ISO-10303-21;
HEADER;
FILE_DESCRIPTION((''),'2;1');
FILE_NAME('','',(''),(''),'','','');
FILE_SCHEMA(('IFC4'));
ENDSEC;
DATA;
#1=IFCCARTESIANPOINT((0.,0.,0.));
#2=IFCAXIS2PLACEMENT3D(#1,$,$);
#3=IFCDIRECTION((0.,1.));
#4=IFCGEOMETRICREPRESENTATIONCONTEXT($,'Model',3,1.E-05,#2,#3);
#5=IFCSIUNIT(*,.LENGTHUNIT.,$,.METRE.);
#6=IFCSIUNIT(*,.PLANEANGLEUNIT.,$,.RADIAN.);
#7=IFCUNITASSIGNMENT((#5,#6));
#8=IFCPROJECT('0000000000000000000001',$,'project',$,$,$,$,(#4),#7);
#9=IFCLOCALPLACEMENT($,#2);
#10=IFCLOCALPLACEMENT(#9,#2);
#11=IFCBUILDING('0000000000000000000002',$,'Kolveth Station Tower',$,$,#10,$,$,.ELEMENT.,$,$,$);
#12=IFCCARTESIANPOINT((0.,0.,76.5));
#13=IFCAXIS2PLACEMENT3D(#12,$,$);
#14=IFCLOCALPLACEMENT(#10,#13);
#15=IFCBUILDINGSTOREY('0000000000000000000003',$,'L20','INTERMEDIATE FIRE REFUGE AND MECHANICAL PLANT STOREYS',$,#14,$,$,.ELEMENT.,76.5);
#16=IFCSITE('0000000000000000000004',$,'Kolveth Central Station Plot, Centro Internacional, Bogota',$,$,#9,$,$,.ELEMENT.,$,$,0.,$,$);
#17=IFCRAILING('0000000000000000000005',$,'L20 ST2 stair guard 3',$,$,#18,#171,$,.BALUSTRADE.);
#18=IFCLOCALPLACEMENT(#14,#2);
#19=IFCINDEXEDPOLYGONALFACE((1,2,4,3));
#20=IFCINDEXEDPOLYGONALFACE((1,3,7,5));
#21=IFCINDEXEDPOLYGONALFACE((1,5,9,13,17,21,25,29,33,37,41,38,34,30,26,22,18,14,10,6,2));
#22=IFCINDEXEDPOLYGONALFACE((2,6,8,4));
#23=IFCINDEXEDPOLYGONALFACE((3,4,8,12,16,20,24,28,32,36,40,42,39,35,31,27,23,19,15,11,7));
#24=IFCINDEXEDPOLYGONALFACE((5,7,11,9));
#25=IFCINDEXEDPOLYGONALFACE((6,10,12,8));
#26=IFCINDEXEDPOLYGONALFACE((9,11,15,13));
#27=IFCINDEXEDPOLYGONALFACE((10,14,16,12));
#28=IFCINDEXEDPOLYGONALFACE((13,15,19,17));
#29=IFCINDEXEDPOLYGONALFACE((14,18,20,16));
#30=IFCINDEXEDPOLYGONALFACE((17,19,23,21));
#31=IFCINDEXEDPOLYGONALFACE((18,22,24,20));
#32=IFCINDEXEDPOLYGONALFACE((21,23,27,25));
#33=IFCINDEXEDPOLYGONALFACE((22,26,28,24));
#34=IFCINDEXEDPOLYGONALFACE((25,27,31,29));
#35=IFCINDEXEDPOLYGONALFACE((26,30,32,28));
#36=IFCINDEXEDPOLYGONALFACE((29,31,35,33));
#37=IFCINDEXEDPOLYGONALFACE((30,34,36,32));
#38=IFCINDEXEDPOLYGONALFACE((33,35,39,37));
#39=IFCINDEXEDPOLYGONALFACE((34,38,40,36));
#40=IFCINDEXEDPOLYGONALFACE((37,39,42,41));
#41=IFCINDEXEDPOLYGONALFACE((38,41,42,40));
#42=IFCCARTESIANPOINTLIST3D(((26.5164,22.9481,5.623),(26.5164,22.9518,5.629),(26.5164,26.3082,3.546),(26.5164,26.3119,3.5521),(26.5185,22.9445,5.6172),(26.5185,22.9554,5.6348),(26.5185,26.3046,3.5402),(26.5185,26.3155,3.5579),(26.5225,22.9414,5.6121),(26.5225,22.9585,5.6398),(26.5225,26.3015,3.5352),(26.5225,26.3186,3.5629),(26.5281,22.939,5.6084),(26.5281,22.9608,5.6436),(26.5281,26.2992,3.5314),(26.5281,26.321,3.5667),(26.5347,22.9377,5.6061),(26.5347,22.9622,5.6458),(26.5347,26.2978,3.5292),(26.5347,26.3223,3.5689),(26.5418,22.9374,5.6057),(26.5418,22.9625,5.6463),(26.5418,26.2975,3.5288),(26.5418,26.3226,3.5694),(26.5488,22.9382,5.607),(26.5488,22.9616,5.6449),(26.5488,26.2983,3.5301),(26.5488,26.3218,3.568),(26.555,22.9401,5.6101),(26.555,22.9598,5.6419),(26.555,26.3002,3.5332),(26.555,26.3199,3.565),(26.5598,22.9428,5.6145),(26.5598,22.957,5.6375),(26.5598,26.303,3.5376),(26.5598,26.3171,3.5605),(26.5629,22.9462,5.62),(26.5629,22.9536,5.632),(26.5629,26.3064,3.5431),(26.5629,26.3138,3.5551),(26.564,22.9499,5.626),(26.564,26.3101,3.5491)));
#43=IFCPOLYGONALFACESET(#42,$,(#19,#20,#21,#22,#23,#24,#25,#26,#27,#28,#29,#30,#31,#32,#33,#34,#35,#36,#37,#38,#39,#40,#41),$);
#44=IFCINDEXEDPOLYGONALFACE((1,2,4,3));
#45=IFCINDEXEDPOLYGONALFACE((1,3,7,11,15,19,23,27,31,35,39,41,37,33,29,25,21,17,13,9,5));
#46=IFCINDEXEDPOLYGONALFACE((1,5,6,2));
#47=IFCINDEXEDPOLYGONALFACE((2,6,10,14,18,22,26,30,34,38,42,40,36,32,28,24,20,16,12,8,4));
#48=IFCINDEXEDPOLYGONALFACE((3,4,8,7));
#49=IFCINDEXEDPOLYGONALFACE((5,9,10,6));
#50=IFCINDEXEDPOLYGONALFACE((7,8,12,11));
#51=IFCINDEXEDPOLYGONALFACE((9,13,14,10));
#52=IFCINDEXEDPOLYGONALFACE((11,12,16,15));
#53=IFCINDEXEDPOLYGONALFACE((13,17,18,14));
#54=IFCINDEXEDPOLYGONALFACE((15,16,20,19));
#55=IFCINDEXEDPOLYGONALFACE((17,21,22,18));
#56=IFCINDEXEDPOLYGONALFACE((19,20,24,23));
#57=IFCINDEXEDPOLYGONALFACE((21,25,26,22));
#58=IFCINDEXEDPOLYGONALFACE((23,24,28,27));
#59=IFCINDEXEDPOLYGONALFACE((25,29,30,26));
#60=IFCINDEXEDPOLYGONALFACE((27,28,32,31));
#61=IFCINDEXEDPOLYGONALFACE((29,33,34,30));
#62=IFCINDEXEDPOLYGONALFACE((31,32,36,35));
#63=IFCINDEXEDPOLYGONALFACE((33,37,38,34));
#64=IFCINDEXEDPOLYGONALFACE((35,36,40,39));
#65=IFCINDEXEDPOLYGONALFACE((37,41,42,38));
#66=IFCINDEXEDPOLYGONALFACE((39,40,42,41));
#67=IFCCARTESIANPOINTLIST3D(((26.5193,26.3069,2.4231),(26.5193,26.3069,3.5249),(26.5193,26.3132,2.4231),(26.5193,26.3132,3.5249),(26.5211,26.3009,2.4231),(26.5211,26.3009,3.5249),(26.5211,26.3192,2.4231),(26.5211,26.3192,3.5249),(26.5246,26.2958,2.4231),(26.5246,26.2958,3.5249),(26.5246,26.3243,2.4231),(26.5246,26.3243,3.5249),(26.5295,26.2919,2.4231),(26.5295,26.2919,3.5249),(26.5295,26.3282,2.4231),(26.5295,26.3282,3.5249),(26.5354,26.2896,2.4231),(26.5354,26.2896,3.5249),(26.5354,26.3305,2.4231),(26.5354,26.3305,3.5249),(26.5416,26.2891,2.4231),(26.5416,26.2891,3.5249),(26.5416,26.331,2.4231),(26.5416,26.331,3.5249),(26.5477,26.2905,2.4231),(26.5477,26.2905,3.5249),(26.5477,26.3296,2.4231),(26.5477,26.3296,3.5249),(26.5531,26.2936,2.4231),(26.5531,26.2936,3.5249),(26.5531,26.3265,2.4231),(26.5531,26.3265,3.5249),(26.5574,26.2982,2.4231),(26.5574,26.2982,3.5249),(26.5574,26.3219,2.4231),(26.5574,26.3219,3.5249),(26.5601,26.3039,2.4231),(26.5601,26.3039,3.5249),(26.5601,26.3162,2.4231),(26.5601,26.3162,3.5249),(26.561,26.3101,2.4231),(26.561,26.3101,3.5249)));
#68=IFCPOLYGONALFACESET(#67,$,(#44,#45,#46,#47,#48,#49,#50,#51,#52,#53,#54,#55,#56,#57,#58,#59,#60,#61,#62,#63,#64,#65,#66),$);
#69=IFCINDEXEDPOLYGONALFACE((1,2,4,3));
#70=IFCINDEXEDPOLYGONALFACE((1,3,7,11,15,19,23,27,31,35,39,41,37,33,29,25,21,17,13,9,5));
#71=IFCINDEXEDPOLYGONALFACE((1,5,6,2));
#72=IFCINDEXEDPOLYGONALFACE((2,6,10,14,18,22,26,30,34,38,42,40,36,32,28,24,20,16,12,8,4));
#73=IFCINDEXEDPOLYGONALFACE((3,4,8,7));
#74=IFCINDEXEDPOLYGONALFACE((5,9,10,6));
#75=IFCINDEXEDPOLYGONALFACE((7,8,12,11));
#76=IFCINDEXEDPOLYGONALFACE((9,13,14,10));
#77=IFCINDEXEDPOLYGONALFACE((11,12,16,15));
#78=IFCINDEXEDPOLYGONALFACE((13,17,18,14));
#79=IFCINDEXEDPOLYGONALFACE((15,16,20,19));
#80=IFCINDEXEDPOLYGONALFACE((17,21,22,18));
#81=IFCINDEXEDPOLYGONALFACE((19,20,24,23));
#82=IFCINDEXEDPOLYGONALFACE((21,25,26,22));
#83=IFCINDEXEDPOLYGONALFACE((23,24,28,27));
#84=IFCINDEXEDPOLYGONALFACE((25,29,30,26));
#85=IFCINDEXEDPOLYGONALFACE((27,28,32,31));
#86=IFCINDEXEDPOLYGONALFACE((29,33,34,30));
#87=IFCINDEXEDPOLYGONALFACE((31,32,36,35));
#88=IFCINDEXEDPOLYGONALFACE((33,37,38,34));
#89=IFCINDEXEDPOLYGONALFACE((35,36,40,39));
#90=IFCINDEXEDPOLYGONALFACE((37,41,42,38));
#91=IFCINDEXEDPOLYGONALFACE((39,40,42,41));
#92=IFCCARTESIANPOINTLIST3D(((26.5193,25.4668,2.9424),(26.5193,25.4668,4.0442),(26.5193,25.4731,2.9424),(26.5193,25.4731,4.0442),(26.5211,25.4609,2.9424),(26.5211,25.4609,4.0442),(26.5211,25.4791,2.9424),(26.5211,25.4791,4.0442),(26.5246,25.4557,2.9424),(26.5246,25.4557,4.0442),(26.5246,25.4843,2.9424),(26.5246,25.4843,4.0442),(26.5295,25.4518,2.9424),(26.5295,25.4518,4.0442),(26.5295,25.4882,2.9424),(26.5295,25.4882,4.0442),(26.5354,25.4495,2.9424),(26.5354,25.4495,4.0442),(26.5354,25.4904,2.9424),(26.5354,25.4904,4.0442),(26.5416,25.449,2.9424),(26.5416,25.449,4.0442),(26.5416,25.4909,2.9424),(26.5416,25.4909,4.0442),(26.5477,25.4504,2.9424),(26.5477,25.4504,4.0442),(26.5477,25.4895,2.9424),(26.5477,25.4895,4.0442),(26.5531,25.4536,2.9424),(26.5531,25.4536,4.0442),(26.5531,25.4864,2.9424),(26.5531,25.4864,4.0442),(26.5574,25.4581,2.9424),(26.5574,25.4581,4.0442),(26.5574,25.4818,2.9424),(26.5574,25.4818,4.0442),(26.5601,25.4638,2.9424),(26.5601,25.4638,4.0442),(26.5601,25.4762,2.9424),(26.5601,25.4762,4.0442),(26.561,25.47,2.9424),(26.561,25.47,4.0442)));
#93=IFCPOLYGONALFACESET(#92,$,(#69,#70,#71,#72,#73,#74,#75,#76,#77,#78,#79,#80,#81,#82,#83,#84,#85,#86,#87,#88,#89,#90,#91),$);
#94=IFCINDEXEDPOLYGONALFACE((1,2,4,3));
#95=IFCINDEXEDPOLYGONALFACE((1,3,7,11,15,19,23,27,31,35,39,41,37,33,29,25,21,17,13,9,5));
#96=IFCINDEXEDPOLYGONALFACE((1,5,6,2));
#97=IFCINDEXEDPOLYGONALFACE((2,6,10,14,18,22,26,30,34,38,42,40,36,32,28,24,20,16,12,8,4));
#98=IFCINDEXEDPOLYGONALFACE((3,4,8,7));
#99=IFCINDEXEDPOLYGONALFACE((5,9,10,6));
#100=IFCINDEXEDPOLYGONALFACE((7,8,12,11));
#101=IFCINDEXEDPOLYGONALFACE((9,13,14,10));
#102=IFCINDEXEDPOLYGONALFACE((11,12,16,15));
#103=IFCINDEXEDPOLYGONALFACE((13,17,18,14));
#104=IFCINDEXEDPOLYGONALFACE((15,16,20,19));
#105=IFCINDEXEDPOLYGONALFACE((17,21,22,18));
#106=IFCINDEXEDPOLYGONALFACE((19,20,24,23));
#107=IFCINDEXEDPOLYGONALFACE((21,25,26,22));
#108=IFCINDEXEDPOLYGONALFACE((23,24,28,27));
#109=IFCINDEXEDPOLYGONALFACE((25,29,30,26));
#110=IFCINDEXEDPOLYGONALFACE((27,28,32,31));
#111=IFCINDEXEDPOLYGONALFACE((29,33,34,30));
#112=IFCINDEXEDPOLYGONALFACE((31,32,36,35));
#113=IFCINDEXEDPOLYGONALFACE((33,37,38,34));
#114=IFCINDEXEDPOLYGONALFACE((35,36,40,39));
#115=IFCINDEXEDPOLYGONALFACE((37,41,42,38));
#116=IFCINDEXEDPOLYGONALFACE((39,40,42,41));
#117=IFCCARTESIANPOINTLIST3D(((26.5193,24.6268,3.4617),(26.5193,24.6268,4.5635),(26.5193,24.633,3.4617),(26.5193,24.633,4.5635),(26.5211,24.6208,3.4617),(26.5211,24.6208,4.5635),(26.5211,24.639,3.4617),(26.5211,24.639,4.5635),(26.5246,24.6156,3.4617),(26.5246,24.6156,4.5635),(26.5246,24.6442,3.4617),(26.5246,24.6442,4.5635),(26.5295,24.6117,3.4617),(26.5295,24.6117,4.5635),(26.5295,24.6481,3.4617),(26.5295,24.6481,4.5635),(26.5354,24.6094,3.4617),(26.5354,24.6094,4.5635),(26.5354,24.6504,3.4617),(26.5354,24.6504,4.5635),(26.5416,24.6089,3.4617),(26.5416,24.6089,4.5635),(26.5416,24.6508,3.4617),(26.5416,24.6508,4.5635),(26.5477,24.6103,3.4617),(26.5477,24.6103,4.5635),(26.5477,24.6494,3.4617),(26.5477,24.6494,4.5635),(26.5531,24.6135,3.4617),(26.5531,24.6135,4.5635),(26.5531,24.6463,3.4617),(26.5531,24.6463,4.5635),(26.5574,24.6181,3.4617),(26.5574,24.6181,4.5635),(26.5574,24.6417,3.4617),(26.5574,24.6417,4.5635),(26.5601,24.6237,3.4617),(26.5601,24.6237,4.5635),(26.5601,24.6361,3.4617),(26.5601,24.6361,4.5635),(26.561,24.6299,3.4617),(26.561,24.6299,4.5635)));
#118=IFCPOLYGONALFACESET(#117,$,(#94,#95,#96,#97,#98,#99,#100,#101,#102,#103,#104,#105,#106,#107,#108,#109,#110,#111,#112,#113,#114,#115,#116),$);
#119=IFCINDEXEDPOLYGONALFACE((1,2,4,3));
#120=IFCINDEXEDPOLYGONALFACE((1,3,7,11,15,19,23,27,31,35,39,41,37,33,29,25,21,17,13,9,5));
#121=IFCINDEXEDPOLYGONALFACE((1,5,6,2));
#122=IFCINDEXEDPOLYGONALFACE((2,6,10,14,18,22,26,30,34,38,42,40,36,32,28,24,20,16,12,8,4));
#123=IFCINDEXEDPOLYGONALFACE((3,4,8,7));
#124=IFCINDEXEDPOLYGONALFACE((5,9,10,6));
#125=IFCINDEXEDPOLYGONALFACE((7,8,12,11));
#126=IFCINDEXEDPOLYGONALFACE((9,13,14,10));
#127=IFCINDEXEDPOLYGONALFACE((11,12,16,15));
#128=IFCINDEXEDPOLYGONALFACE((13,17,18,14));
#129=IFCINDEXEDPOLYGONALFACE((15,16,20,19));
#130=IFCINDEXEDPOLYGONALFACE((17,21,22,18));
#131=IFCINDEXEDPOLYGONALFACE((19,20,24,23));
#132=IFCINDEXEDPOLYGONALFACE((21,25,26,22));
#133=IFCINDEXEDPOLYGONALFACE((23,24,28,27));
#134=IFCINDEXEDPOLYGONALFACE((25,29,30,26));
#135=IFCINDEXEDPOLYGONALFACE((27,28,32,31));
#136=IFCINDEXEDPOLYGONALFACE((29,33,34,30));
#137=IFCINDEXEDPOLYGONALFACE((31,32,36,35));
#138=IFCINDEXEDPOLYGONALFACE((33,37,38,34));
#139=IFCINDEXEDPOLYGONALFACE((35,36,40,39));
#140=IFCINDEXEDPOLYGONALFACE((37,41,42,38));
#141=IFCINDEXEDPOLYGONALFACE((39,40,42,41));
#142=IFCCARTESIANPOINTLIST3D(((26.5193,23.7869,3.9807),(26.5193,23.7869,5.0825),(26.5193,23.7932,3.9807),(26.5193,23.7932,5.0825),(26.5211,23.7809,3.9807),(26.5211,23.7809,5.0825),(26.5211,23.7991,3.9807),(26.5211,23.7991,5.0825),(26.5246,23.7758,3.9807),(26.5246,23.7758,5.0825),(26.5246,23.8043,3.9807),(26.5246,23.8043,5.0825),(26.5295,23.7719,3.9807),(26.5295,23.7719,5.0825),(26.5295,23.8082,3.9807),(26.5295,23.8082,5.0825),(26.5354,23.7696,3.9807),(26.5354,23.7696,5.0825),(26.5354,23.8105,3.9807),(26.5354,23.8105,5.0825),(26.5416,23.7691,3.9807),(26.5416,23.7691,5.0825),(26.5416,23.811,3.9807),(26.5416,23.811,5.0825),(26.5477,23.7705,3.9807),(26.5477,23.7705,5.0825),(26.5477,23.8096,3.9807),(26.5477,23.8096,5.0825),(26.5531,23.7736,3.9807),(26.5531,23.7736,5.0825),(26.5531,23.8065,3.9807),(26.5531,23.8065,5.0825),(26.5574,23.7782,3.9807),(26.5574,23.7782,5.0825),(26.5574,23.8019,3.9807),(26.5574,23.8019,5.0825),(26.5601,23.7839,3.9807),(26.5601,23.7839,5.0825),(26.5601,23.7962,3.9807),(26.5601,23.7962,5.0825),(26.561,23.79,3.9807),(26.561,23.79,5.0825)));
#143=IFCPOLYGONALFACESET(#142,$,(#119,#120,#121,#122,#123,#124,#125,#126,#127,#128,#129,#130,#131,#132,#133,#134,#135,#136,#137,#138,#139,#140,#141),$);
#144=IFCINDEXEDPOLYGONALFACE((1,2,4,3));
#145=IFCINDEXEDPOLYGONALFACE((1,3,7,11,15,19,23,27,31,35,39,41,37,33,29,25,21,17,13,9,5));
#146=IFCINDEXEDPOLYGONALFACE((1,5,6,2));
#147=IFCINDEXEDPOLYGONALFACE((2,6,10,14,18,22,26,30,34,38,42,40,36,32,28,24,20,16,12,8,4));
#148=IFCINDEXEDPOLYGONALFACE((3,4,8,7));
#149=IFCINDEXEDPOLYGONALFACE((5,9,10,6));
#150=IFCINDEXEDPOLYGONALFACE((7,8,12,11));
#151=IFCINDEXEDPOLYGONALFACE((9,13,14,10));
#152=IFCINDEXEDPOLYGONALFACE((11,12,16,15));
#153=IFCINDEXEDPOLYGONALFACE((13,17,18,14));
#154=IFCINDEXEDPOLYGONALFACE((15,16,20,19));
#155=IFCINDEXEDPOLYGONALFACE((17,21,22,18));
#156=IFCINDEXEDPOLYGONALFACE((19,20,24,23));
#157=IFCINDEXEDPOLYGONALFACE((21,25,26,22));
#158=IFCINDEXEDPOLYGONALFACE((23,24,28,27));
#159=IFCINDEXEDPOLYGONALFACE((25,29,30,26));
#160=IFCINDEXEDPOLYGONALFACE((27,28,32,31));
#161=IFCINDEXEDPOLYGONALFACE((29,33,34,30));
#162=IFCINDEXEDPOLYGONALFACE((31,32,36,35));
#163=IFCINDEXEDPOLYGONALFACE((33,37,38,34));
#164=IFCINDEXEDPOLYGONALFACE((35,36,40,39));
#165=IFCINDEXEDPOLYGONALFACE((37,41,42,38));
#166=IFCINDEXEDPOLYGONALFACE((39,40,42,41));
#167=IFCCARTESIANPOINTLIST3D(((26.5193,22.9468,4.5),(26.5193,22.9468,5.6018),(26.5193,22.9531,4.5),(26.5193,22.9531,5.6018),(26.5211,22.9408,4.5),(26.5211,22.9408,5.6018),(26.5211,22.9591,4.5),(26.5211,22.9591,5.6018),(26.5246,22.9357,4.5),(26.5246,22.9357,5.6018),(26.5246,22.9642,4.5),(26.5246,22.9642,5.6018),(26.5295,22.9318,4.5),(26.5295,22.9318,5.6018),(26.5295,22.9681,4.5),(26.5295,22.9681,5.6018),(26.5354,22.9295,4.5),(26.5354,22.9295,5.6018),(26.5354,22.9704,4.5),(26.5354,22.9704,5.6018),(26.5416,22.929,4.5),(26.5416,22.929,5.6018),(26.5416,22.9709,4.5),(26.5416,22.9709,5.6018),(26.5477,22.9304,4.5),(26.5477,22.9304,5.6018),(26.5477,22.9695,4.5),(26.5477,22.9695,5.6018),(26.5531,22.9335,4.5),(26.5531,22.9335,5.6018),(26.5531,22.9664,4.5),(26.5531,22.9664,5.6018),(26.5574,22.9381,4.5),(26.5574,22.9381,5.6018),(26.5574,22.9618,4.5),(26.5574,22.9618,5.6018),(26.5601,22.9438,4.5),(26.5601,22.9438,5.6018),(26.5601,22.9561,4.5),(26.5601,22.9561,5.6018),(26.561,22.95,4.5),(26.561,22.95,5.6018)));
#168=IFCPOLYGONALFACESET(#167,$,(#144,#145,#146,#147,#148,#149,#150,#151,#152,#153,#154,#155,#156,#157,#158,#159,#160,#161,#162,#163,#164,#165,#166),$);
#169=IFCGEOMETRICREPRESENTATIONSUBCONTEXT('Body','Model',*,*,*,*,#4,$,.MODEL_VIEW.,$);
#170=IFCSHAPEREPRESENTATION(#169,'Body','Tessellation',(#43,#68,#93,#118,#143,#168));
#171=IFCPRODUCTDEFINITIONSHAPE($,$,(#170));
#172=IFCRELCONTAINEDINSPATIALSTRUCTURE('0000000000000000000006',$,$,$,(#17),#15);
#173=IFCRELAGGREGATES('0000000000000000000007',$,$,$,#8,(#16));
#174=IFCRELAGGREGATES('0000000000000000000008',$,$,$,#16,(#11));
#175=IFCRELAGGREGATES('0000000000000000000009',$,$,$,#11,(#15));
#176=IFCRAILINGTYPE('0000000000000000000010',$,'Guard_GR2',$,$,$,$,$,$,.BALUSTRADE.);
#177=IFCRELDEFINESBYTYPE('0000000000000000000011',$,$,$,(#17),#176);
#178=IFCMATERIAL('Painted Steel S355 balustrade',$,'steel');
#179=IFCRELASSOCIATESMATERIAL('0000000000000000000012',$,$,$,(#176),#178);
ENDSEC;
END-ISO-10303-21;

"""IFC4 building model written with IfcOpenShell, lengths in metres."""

from ifc_helpers import new_model, si_unit, direction, frame, origin, origin_2d, place, context, subcontext, project, spatial, circle, extrude, material, type_object, element, save


model = new_model("IFC4")

# Units and contexts
model_context = context("Model", 3, precision=1e-05, world=origin(), true_north=direction((0.0, 1.0)))
body_context = subcontext(model_context, "Body", "Model", "MODEL_VIEW")
ifc_project = project(units=[si_unit("LENGTHUNIT", "METRE"), si_unit("PLANEANGLEUNIT", "RADIAN")], contexts=[model_context])

# Site, building, storey
site_placement = place(None, origin())
site = spatial("IfcSite", under=ifc_project, at=site_placement, Name="Kolveth Central Station Plot, Centro Internacional, Bogota", CompositionType="ELEMENT", RefElevation=0.0)
building_placement = place(site_placement, origin())
building = spatial("IfcBuilding", under=site, at=building_placement, Name="Kolveth Station Tower", CompositionType="ELEMENT")
storey_placement = place(building_placement, frame((0.0, 0.0, 76.5)))
storey = spatial("IfcBuildingStorey", under=building, at=storey_placement, Name="L20", Description="INTERMEDIATE FIRE REFUGE AND MECHANICAL PLANT STOREYS", CompositionType="ELEMENT", Elevation=76.5)

# Railing
ifc_material_1 = material(Name="Painted Steel S355 balustrade", Category="steel")
railing_type_1 = type_object("IfcRailingType", Name="Guard_GR2", PredefinedType="BALUSTRADE", material=ifc_material_1)
railing_1_placement = place(storey_placement, frame((26.54, 26.3101, 2.4231)))
element("IfcRailing", 1, at=railing_1_placement, inside=storey, type_object=railing_type_1, Name="L20 ST2 stair guard 3", PredefinedType="BALUSTRADE", context=body_context, shape_type="SweptSolid", body=[
    extrude(circle(Radius=0.0239, at=origin_2d()), frame((0.0, 0.0, 1.126), z_axis=(0.0, -0.850623, 0.525776), x_axis=(1.0, 0.0, 0.0)), (0.0, 0.0, 1.0), 3.9502),
    extrude(circle(Radius=0.021, at=origin_2d()), origin(), (0.0, 0.0, 1.0), 1.1018),
    extrude(circle(Radius=0.021, at=origin_2d()), frame((0.0, -0.8401, 0.5193)), (0.0, 0.0, 1.0), 1.1018),
    extrude(circle(Radius=0.021, at=origin_2d()), frame((0.0, -1.6802, 1.0386)), (0.0, 0.0, 1.0), 1.1018),
    extrude(circle(Radius=0.021, at=origin_2d()), frame((0.0, -2.52, 1.5576)), (0.0, 0.0, 1.0), 1.1018),
    extrude(circle(Radius=0.021, at=origin_2d()), frame((0.0, -3.3601, 2.0769)), (0.0, 0.0, 1.0), 1.1018),
])

save(model, "model.ifc")
